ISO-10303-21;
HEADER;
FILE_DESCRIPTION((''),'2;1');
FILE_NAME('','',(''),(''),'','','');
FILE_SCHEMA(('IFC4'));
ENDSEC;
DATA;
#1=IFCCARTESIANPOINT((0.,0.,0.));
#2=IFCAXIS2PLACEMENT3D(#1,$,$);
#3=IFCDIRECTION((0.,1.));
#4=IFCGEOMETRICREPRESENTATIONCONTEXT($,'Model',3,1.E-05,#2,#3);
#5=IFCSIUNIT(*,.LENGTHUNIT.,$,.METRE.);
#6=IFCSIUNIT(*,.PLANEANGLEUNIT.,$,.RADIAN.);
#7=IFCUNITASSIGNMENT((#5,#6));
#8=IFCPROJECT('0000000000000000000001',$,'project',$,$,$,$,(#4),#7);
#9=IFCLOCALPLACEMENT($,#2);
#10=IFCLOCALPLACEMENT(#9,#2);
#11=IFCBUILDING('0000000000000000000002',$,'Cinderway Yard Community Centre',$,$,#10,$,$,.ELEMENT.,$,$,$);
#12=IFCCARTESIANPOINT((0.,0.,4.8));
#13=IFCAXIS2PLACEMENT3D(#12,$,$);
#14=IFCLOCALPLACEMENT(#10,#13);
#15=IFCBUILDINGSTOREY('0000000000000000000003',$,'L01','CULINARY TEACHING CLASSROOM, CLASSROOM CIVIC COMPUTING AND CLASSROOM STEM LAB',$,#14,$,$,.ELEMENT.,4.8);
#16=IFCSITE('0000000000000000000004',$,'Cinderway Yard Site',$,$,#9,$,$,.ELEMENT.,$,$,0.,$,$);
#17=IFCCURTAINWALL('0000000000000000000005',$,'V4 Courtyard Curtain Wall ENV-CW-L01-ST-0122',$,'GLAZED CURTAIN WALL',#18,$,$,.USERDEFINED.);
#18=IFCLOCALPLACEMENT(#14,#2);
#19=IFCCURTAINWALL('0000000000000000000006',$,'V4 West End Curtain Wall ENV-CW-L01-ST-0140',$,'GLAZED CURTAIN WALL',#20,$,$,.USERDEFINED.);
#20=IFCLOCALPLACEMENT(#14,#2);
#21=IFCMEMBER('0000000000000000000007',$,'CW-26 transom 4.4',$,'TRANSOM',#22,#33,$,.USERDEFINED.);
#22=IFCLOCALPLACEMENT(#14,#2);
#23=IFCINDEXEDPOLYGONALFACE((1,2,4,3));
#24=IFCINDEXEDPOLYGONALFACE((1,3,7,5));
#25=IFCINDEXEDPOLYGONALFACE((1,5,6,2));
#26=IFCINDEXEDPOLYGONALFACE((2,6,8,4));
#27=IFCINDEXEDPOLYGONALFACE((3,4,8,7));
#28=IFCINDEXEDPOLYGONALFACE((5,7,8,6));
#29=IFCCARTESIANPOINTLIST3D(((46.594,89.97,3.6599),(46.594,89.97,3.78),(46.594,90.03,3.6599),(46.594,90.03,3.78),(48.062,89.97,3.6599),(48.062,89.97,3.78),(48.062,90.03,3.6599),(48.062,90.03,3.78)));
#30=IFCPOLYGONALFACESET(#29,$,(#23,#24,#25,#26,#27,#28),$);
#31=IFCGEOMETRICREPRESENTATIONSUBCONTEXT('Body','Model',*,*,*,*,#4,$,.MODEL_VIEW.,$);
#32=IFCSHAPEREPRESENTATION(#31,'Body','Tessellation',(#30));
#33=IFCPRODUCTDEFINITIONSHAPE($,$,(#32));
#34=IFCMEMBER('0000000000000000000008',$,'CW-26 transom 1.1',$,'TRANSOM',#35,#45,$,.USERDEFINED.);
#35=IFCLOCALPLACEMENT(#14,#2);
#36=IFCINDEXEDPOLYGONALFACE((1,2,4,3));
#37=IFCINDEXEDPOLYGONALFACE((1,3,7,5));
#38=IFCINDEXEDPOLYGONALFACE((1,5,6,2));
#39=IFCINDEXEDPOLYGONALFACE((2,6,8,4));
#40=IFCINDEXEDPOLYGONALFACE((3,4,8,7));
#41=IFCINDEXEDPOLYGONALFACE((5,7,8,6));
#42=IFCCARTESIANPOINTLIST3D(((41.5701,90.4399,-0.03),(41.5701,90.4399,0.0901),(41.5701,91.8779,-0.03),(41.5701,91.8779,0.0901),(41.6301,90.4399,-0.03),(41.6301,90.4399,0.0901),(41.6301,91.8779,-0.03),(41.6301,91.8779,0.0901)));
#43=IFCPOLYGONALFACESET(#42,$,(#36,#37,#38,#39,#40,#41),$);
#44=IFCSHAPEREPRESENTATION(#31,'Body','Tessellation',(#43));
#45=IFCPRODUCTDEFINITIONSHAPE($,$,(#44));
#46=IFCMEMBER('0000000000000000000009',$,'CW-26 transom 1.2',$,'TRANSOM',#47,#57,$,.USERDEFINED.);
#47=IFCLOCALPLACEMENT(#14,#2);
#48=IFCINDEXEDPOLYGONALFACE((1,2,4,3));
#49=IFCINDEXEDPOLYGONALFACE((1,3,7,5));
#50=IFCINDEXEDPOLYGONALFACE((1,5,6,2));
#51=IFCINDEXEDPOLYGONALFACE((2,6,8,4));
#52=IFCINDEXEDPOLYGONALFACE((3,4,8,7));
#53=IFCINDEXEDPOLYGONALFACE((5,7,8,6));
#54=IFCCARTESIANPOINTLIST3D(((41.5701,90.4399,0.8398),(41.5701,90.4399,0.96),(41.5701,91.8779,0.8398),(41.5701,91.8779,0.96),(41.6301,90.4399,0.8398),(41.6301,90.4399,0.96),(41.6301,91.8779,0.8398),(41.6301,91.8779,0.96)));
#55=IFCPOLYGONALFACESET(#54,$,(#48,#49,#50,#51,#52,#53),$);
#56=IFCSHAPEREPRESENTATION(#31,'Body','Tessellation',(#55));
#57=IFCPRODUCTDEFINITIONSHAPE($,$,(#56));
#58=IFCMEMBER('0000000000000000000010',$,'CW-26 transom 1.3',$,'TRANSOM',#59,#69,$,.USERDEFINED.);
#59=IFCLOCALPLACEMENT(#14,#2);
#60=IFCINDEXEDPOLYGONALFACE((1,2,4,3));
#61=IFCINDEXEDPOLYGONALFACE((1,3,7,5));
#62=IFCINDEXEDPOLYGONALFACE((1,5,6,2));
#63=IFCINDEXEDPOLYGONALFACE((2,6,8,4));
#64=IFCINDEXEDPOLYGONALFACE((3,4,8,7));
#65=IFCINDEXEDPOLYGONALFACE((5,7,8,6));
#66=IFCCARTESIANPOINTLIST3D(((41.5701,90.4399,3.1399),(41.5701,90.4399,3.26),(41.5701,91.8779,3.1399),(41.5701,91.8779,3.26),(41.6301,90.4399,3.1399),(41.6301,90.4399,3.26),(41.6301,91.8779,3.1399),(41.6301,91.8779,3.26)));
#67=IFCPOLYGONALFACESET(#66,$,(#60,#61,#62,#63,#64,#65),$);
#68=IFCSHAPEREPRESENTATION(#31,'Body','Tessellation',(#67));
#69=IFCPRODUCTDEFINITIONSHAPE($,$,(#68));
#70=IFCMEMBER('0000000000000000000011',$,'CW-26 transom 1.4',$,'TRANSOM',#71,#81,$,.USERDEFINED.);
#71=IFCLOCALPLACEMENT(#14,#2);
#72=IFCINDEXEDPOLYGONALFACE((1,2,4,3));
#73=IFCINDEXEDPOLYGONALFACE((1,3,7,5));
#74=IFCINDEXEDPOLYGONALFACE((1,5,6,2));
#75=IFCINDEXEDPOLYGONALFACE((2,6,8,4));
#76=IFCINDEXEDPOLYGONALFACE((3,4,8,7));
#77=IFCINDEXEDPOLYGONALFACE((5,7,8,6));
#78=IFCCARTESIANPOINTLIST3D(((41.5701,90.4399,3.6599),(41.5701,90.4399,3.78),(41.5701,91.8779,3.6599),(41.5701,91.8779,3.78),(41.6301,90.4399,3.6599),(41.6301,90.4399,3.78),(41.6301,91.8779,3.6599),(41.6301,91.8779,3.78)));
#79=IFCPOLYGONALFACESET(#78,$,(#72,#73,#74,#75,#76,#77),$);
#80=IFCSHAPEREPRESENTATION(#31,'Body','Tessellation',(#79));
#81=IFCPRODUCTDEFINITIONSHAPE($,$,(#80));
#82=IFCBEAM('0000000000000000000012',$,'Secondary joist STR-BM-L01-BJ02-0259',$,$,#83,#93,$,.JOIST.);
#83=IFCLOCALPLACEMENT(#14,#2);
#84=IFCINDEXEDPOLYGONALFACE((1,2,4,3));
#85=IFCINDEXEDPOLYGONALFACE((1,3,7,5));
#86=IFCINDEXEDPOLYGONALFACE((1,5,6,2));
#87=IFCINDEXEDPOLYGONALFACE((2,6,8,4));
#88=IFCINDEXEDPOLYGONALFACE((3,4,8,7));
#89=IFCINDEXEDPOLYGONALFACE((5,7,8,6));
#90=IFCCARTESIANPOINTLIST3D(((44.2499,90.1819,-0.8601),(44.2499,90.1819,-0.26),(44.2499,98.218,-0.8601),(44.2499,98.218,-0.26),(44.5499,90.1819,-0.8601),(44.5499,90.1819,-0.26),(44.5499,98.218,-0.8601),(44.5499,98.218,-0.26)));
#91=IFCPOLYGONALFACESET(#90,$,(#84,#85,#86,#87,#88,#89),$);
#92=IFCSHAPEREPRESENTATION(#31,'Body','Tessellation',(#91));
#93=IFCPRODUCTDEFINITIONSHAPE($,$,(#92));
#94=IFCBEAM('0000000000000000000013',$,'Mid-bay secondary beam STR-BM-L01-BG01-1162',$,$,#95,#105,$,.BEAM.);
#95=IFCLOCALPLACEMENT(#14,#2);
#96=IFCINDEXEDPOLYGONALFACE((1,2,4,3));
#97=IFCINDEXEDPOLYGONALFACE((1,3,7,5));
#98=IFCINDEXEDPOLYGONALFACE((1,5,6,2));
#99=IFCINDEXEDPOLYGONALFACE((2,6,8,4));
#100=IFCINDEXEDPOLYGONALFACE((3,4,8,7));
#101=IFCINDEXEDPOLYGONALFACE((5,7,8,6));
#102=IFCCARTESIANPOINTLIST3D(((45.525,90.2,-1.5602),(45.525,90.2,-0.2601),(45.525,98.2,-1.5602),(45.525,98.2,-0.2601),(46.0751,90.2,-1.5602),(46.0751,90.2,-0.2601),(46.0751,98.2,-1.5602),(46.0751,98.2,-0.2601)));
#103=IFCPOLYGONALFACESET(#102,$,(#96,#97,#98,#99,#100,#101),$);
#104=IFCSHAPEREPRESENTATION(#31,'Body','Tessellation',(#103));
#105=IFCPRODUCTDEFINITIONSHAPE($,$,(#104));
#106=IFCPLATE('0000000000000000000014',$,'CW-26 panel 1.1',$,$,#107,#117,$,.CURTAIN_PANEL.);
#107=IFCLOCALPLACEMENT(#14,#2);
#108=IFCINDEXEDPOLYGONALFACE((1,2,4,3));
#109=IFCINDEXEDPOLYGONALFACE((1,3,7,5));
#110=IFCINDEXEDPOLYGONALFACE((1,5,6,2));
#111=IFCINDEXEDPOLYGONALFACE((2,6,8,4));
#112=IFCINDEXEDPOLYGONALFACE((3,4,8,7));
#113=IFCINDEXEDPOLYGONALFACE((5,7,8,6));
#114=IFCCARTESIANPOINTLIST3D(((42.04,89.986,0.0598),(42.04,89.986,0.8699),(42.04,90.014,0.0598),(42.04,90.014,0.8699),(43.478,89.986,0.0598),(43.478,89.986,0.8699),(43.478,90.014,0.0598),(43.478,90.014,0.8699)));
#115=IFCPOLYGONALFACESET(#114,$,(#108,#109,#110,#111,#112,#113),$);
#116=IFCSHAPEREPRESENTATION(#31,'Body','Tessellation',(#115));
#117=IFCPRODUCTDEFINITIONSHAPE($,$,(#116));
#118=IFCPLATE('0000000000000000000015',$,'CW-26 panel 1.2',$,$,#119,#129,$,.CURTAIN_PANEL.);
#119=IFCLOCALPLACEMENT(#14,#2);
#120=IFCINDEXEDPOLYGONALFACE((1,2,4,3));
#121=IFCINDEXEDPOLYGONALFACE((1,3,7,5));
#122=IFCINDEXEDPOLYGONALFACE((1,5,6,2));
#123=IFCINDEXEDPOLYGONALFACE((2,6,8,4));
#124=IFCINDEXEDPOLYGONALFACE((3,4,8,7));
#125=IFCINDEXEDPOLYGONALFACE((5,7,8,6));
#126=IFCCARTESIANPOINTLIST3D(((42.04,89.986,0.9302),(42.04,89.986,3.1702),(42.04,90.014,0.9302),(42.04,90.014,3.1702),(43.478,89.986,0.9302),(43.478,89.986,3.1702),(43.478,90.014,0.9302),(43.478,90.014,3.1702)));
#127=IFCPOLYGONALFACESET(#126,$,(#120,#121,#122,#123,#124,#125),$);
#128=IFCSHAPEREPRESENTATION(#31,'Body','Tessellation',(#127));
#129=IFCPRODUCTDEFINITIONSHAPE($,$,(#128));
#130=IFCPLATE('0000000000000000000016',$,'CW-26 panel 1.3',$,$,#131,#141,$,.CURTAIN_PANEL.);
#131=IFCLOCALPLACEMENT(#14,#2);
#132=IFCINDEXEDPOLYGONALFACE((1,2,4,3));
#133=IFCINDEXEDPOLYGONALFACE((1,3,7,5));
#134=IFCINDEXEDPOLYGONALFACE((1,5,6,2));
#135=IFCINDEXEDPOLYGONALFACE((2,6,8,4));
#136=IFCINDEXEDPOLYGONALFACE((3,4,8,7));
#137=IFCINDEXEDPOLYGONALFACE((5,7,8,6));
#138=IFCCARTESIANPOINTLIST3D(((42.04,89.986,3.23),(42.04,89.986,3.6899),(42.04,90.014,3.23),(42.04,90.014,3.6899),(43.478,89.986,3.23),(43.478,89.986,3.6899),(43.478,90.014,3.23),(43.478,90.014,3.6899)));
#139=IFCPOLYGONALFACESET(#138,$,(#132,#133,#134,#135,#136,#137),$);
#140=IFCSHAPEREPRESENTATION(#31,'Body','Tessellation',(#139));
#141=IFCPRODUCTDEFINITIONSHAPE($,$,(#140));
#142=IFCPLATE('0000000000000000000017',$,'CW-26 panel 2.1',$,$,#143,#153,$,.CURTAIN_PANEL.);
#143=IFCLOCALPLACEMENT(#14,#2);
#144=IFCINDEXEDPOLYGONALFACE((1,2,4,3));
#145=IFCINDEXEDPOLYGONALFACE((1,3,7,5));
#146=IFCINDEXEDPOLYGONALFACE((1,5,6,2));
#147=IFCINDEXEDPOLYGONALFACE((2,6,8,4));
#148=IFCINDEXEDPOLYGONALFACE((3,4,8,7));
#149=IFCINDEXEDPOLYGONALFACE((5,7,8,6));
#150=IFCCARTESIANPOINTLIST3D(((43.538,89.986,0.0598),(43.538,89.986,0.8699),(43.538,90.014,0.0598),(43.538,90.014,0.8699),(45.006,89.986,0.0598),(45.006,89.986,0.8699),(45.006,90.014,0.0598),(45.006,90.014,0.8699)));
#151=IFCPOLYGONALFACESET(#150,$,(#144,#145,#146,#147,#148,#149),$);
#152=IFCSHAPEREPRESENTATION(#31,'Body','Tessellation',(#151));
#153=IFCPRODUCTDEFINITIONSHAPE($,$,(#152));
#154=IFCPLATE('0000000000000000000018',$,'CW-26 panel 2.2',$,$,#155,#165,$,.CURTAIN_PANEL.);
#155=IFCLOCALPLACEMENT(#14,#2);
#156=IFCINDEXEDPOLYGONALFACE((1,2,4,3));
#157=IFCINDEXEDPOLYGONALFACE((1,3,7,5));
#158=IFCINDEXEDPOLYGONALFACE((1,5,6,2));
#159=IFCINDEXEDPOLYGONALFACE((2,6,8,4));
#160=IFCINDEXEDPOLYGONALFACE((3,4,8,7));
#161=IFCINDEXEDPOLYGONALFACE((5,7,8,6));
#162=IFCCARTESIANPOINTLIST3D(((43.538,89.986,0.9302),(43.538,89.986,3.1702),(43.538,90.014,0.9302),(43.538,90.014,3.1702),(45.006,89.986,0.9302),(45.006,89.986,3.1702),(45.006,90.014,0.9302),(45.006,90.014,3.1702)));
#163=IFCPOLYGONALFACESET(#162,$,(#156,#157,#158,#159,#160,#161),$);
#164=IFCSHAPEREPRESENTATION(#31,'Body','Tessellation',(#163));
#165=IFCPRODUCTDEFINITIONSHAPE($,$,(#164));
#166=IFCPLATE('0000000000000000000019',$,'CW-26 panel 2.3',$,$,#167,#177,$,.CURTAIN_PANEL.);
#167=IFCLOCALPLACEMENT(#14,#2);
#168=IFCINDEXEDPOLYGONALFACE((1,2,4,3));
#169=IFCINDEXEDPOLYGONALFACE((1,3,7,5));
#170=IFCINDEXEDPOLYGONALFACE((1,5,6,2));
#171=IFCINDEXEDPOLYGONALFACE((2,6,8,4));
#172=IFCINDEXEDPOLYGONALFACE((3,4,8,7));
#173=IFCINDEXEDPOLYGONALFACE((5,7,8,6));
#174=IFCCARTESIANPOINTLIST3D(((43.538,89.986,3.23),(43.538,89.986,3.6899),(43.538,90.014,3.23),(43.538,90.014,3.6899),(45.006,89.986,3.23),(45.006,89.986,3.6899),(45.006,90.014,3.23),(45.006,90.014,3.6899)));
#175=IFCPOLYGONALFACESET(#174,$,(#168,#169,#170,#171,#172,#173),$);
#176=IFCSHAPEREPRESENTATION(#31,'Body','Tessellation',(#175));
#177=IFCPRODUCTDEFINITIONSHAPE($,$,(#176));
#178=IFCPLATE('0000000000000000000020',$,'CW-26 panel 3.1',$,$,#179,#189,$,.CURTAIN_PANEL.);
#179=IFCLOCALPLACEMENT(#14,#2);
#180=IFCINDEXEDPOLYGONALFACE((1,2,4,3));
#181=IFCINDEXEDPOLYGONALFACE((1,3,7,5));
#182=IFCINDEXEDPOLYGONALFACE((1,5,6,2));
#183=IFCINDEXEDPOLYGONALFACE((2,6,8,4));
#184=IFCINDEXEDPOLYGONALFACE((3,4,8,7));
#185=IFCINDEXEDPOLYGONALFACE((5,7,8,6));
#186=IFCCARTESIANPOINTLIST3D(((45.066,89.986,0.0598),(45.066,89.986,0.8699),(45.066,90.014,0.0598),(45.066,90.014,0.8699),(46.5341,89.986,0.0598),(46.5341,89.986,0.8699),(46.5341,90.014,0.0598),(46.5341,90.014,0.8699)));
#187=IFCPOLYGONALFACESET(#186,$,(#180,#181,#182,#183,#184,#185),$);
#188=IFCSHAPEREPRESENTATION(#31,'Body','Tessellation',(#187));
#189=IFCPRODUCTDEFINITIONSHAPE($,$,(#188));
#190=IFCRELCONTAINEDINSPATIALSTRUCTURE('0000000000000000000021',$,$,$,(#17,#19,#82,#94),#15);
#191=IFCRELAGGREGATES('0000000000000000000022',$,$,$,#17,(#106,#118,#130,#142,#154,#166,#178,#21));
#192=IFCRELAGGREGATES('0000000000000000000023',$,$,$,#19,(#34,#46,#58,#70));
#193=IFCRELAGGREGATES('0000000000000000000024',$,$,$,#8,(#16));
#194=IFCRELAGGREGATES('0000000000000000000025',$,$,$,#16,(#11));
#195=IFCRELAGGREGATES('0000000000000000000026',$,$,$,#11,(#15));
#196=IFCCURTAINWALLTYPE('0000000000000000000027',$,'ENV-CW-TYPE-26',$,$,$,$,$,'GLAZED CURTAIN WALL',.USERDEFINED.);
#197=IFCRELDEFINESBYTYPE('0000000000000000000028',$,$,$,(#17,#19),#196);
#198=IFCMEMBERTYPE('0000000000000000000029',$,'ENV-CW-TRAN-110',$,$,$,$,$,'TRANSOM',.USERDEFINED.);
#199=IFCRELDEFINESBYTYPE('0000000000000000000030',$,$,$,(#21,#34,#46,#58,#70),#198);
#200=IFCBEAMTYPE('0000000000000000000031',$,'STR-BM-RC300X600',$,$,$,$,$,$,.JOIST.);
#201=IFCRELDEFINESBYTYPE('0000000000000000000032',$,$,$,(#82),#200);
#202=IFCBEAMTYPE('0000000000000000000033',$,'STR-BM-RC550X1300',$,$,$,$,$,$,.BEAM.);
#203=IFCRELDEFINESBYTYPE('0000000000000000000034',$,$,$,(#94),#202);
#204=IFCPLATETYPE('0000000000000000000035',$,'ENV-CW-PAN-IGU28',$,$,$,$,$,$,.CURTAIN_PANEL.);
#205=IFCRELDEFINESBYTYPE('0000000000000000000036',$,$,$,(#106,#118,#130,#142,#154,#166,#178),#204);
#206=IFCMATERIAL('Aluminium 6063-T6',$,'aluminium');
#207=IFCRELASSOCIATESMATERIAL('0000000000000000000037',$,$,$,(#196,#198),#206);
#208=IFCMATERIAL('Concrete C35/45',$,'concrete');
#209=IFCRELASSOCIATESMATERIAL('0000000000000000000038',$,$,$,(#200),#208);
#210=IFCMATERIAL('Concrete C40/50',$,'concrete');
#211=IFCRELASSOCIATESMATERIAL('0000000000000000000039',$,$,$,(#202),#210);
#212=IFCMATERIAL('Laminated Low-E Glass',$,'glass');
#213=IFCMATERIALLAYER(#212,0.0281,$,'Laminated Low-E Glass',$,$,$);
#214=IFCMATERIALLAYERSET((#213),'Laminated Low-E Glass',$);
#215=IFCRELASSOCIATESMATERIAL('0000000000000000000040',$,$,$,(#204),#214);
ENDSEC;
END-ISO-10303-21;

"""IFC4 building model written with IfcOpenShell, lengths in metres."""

from ifc_helpers import new_model, si_unit, direction, frame, origin, origin_2d, place, context, subcontext, project, spatial, rectangle, extrude, material, layer, layer_set, material_profile, profile_set, type_object, element, aggregate, save


model = new_model("IFC4")

# Units and contexts
model_context = context("Model", 3, precision=1e-05, world=origin(), true_north=direction((0.0, 1.0)))
body_context = subcontext(model_context, "Body", "Model", "MODEL_VIEW")
ifc_project = project(units=[si_unit("LENGTHUNIT", "METRE"), si_unit("PLANEANGLEUNIT", "RADIAN")], contexts=[model_context])

# Site, building, storey
site_placement = place(None, origin())
site = spatial("IfcSite", under=ifc_project, at=site_placement, Name="Cinderway Yard Site", CompositionType="ELEMENT", RefElevation=0.0)
building_placement = place(site_placement, origin())
building = spatial("IfcBuilding", under=site, at=building_placement, Name="Cinderway Yard Community Centre", CompositionType="ELEMENT")
storey_placement = place(building_placement, frame((0.0, 0.0, 4.8)))
storey = spatial("IfcBuildingStorey", under=building, at=storey_placement, Name="L01", Description="CULINARY TEACHING CLASSROOM, CLASSROOM CIVIC COMPUTING AND CLASSROOM STEM LAB", CompositionType="ELEMENT", Elevation=4.8)

# Curtain wall
ifc_material_1 = material(Name="Aluminium 6063-T6", Category="aluminium")
curtain_wall_type = type_object("IfcCurtainWallType", Name="ENV-CW-TYPE-26", ElementType="GLAZED CURTAIN WALL", PredefinedType="USERDEFINED", material=ifc_material_1)
curtain_wall_1_placement = place(storey_placement, origin())
curtain_wall_1 = element("IfcCurtainWall", 1, at=curtain_wall_1_placement, inside=storey, type_object=curtain_wall_type, Name="V4 Courtyard Curtain Wall ENV-CW-L01-ST-0122", ObjectType="GLAZED CURTAIN WALL", PredefinedType="USERDEFINED")

# Curtain wall
curtain_wall_2_placement = place(storey_placement, origin())
curtain_wall_2 = element("IfcCurtainWall", 2, at=curtain_wall_2_placement, inside=storey, type_object=curtain_wall_type, Name="V4 West End Curtain Wall ENV-CW-L01-ST-0140", ObjectType="GLAZED CURTAIN WALL", PredefinedType="USERDEFINED")

# Members
ifc_material_profile_1 = material_profile(ifc_material_1, rectangle(XDim=0.0601, YDim=0.1201, at=origin_2d()), Name="Aluminium 6063-T6")
ifc_profile_set_1 = profile_set([ifc_material_profile_1], Name="Aluminium 6063-T6")
member_type_1 = type_object("IfcMemberType", Name="ENV-CW-TRAN-110", ElementType="TRANSOM", PredefinedType="USERDEFINED", material=ifc_profile_set_1)
member_1_placement = place(storey_placement, frame((46.594, 90.0, 3.72), z_axis=(1.0, 0.0, 0.0), x_axis=(0.0, 1.0, 0.0)))
member_1 = element("IfcMember", 3, at=member_1_placement, type_object=member_type_1, Name="CW-26 transom 4.4", ObjectType="TRANSOM", PredefinedType="USERDEFINED", context=body_context, shape_type="SweptSolid", body=[
    extrude(rectangle(XDim=0.0601, YDim=0.1201, at=origin_2d()), origin(), (0.0, 0.0, 1.0), 1.468),
])
member_2_placement = place(storey_placement, frame((41.6001, 90.4399, 0.03), z_axis=(0.0, 1.0, 0.0), x_axis=(-1.0, 0.0, 0.0)))
member_2 = element("IfcMember", 4, at=member_2_placement, type_object=member_type_1, Name="CW-26 transom 1.1", ObjectType="TRANSOM", PredefinedType="USERDEFINED", context=body_context, shape_type="SweptSolid", body=[
    extrude(rectangle(XDim=0.0601, YDim=0.1201, at=origin_2d()), origin(), (0.0, 0.0, 1.0), 1.438),
])
member_3_placement = place(storey_placement, frame((41.6001, 90.4399, 0.8999), z_axis=(0.0, 1.0, 0.0), x_axis=(-1.0, 0.0, 0.0)))
member_3 = element("IfcMember", 5, at=member_3_placement, type_object=member_type_1, Name="CW-26 transom 1.2", ObjectType="TRANSOM", PredefinedType="USERDEFINED", context=body_context, shape_type="SweptSolid", body=[
    extrude(rectangle(XDim=0.0601, YDim=0.1201, at=origin_2d()), origin(), (0.0, 0.0, 1.0), 1.438),
])
member_4_placement = place(storey_placement, frame((41.6001, 90.4399, 3.2), z_axis=(0.0, 1.0, 0.0), x_axis=(-1.0, 0.0, 0.0)))
member_4 = element("IfcMember", 6, at=member_4_placement, type_object=member_type_1, Name="CW-26 transom 1.3", ObjectType="TRANSOM", PredefinedType="USERDEFINED", context=body_context, shape_type="SweptSolid", body=[
    extrude(rectangle(XDim=0.0601, YDim=0.1201, at=origin_2d()), origin(), (0.0, 0.0, 1.0), 1.438),
])
member_5_placement = place(storey_placement, frame((41.6001, 90.4399, 3.72), z_axis=(0.0, 1.0, 0.0), x_axis=(-1.0, 0.0, 0.0)))
member_5 = element("IfcMember", 7, at=member_5_placement, type_object=member_type_1, Name="CW-26 transom 1.4", ObjectType="TRANSOM", PredefinedType="USERDEFINED", context=body_context, shape_type="SweptSolid", body=[
    extrude(rectangle(XDim=0.0601, YDim=0.1201, at=origin_2d()), origin(), (0.0, 0.0, 1.0), 1.438),
])

# Beams
ifc_material_2 = material(Name="Concrete C35/45", Category="concrete")
ifc_material_profile_2 = material_profile(ifc_material_2, rectangle(XDim=0.3, YDim=0.6001, at=origin_2d()), Name="Concrete C35/45")
ifc_profile_set_2 = profile_set([ifc_material_profile_2], Name="Concrete C35/45")
beam_type_1 = type_object("IfcBeamType", Name="STR-BM-RC300X600", PredefinedType="JOIST", material=ifc_profile_set_2)
beam_1_placement = place(storey_placement, frame((44.3999, 90.1819, -0.5601), z_axis=(0.0, 1.0, 0.0), x_axis=(-1.0, 0.0, 0.0)))
element("IfcBeam", 8, at=beam_1_placement, inside=storey, type_object=beam_type_1, Name="Secondary joist STR-BM-L01-BJ02-0259", PredefinedType="JOIST", context=body_context, shape_type="SweptSolid", body=[
    extrude(rectangle(XDim=0.3, YDim=0.6001, at=origin_2d()), origin(), (0.0, 0.0, 1.0), 8.0361),
])
ifc_material_3 = material(Name="Concrete C40/50", Category="concrete")
ifc_material_profile_3 = material_profile(ifc_material_3, rectangle(XDim=0.55, YDim=1.3, at=origin_2d()), Name="Concrete C40/50")
ifc_profile_set_3 = profile_set([ifc_material_profile_3], Name="Concrete C40/50")
beam_type_2 = type_object("IfcBeamType", Name="STR-BM-RC550X1300", PredefinedType="BEAM", material=ifc_profile_set_3)
beam_2_placement = place(storey_placement, frame((45.8, 90.2, -0.9102), z_axis=(0.0, 1.0, 0.0), x_axis=(-1.0, 0.0, 0.0)))
element("IfcBeam", 9, at=beam_2_placement, inside=storey, type_object=beam_type_2, Name="Mid-bay secondary beam STR-BM-L01-BG01-1162", PredefinedType="BEAM", context=body_context, shape_type="SweptSolid", body=[
    extrude(rectangle(XDim=0.55, YDim=1.3, at=origin_2d()), origin(), (0.0, 0.0, 1.0), 8.0),
])

# Plates
ifc_material_4 = material(Name="Laminated Low-E Glass", Category="glass")
ifc_layer = layer(ifc_material_4, 0.0281, Name="Laminated Low-E Glass")
ifc_layer_set = layer_set([ifc_layer], Name="Laminated Low-E Glass")
plate_type = type_object("IfcPlateType", Name="ENV-CW-PAN-IGU28", PredefinedType="CURTAIN_PANEL", material=ifc_layer_set)
plate_1_placement = place(storey_placement, frame((42.759, 90.0, 0.0598), z_axis=(0.0, 0.0, 1.0), x_axis=(1.0, 0.0, 0.0)))
plate_1 = element("IfcPlate", 10, at=plate_1_placement, type_object=plate_type, Name="CW-26 panel 1.1", PredefinedType="CURTAIN_PANEL", context=body_context, shape_type="SweptSolid", body=[
    extrude(rectangle(XDim=1.438, YDim=0.0281, at=origin_2d()), origin(), (0.0, 0.0, 1.0), 0.8101),
])
plate_2_placement = place(storey_placement, frame((42.759, 90.0, 0.9302), z_axis=(0.0, 0.0, 1.0), x_axis=(1.0, 0.0, 0.0)))
plate_2 = element("IfcPlate", 11, at=plate_2_placement, type_object=plate_type, Name="CW-26 panel 1.2", PredefinedType="CURTAIN_PANEL", context=body_context, shape_type="SweptSolid", body=[
    extrude(rectangle(XDim=1.438, YDim=0.0281, at=origin_2d()), origin(), (0.0, 0.0, 1.0), 2.24),
])
plate_3_placement = place(storey_placement, frame((42.759, 90.0, 3.23), z_axis=(0.0, 0.0, 1.0), x_axis=(1.0, 0.0, 0.0)))
plate_3 = element("IfcPlate", 12, at=plate_3_placement, type_object=plate_type, Name="CW-26 panel 1.3", PredefinedType="CURTAIN_PANEL", context=body_context, shape_type="SweptSolid", body=[
    extrude(rectangle(XDim=1.438, YDim=0.0281, at=origin_2d()), origin(), (0.0, 0.0, 1.0), 0.46),
])
plate_4_placement = place(storey_placement, frame((44.272, 90.0, 0.0598), z_axis=(0.0, 0.0, 1.0), x_axis=(1.0, 0.0, 0.0)))
plate_4 = element("IfcPlate", 13, at=plate_4_placement, type_object=plate_type, Name="CW-26 panel 2.1", PredefinedType="CURTAIN_PANEL", context=body_context, shape_type="SweptSolid", body=[
    extrude(rectangle(XDim=1.468, YDim=0.0281, at=origin_2d()), origin(), (0.0, 0.0, 1.0), 0.8101),
])
plate_5_placement = place(storey_placement, frame((44.272, 90.0, 0.9302), z_axis=(0.0, 0.0, 1.0), x_axis=(1.0, 0.0, 0.0)))
plate_5 = element("IfcPlate", 14, at=plate_5_placement, type_object=plate_type, Name="CW-26 panel 2.2", PredefinedType="CURTAIN_PANEL", context=body_context, shape_type="SweptSolid", body=[
    extrude(rectangle(XDim=1.468, YDim=0.0281, at=origin_2d()), origin(), (0.0, 0.0, 1.0), 2.24),
])
plate_6_placement = place(storey_placement, frame((44.272, 90.0, 3.23), z_axis=(0.0, 0.0, 1.0), x_axis=(1.0, 0.0, 0.0)))
plate_6 = element("IfcPlate", 15, at=plate_6_placement, type_object=plate_type, Name="CW-26 panel 2.3", PredefinedType="CURTAIN_PANEL", context=body_context, shape_type="SweptSolid", body=[
    extrude(rectangle(XDim=1.468, YDim=0.0281, at=origin_2d()), origin(), (0.0, 0.0, 1.0), 0.46),
])
plate_7_placement = place(storey_placement, frame((45.8, 90.0, 0.0598), z_axis=(0.0, 0.0, 1.0), x_axis=(1.0, 0.0, 0.0)))
plate_7 = element("IfcPlate", 16, at=plate_7_placement, type_object=plate_type, Name="CW-26 panel 3.1", PredefinedType="CURTAIN_PANEL", context=body_context, shape_type="SweptSolid", body=[
    extrude(rectangle(XDim=1.468, YDim=0.0281, at=origin_2d()), origin(), (0.0, 0.0, 1.0), 0.8101),
])
aggregate(curtain_wall_1, [plate_1, plate_2, plate_3, plate_4, plate_5, plate_6, plate_7, member_1])
aggregate(curtain_wall_2, [member_2, member_3, member_4, member_5])

save(model, "model.ifc")
